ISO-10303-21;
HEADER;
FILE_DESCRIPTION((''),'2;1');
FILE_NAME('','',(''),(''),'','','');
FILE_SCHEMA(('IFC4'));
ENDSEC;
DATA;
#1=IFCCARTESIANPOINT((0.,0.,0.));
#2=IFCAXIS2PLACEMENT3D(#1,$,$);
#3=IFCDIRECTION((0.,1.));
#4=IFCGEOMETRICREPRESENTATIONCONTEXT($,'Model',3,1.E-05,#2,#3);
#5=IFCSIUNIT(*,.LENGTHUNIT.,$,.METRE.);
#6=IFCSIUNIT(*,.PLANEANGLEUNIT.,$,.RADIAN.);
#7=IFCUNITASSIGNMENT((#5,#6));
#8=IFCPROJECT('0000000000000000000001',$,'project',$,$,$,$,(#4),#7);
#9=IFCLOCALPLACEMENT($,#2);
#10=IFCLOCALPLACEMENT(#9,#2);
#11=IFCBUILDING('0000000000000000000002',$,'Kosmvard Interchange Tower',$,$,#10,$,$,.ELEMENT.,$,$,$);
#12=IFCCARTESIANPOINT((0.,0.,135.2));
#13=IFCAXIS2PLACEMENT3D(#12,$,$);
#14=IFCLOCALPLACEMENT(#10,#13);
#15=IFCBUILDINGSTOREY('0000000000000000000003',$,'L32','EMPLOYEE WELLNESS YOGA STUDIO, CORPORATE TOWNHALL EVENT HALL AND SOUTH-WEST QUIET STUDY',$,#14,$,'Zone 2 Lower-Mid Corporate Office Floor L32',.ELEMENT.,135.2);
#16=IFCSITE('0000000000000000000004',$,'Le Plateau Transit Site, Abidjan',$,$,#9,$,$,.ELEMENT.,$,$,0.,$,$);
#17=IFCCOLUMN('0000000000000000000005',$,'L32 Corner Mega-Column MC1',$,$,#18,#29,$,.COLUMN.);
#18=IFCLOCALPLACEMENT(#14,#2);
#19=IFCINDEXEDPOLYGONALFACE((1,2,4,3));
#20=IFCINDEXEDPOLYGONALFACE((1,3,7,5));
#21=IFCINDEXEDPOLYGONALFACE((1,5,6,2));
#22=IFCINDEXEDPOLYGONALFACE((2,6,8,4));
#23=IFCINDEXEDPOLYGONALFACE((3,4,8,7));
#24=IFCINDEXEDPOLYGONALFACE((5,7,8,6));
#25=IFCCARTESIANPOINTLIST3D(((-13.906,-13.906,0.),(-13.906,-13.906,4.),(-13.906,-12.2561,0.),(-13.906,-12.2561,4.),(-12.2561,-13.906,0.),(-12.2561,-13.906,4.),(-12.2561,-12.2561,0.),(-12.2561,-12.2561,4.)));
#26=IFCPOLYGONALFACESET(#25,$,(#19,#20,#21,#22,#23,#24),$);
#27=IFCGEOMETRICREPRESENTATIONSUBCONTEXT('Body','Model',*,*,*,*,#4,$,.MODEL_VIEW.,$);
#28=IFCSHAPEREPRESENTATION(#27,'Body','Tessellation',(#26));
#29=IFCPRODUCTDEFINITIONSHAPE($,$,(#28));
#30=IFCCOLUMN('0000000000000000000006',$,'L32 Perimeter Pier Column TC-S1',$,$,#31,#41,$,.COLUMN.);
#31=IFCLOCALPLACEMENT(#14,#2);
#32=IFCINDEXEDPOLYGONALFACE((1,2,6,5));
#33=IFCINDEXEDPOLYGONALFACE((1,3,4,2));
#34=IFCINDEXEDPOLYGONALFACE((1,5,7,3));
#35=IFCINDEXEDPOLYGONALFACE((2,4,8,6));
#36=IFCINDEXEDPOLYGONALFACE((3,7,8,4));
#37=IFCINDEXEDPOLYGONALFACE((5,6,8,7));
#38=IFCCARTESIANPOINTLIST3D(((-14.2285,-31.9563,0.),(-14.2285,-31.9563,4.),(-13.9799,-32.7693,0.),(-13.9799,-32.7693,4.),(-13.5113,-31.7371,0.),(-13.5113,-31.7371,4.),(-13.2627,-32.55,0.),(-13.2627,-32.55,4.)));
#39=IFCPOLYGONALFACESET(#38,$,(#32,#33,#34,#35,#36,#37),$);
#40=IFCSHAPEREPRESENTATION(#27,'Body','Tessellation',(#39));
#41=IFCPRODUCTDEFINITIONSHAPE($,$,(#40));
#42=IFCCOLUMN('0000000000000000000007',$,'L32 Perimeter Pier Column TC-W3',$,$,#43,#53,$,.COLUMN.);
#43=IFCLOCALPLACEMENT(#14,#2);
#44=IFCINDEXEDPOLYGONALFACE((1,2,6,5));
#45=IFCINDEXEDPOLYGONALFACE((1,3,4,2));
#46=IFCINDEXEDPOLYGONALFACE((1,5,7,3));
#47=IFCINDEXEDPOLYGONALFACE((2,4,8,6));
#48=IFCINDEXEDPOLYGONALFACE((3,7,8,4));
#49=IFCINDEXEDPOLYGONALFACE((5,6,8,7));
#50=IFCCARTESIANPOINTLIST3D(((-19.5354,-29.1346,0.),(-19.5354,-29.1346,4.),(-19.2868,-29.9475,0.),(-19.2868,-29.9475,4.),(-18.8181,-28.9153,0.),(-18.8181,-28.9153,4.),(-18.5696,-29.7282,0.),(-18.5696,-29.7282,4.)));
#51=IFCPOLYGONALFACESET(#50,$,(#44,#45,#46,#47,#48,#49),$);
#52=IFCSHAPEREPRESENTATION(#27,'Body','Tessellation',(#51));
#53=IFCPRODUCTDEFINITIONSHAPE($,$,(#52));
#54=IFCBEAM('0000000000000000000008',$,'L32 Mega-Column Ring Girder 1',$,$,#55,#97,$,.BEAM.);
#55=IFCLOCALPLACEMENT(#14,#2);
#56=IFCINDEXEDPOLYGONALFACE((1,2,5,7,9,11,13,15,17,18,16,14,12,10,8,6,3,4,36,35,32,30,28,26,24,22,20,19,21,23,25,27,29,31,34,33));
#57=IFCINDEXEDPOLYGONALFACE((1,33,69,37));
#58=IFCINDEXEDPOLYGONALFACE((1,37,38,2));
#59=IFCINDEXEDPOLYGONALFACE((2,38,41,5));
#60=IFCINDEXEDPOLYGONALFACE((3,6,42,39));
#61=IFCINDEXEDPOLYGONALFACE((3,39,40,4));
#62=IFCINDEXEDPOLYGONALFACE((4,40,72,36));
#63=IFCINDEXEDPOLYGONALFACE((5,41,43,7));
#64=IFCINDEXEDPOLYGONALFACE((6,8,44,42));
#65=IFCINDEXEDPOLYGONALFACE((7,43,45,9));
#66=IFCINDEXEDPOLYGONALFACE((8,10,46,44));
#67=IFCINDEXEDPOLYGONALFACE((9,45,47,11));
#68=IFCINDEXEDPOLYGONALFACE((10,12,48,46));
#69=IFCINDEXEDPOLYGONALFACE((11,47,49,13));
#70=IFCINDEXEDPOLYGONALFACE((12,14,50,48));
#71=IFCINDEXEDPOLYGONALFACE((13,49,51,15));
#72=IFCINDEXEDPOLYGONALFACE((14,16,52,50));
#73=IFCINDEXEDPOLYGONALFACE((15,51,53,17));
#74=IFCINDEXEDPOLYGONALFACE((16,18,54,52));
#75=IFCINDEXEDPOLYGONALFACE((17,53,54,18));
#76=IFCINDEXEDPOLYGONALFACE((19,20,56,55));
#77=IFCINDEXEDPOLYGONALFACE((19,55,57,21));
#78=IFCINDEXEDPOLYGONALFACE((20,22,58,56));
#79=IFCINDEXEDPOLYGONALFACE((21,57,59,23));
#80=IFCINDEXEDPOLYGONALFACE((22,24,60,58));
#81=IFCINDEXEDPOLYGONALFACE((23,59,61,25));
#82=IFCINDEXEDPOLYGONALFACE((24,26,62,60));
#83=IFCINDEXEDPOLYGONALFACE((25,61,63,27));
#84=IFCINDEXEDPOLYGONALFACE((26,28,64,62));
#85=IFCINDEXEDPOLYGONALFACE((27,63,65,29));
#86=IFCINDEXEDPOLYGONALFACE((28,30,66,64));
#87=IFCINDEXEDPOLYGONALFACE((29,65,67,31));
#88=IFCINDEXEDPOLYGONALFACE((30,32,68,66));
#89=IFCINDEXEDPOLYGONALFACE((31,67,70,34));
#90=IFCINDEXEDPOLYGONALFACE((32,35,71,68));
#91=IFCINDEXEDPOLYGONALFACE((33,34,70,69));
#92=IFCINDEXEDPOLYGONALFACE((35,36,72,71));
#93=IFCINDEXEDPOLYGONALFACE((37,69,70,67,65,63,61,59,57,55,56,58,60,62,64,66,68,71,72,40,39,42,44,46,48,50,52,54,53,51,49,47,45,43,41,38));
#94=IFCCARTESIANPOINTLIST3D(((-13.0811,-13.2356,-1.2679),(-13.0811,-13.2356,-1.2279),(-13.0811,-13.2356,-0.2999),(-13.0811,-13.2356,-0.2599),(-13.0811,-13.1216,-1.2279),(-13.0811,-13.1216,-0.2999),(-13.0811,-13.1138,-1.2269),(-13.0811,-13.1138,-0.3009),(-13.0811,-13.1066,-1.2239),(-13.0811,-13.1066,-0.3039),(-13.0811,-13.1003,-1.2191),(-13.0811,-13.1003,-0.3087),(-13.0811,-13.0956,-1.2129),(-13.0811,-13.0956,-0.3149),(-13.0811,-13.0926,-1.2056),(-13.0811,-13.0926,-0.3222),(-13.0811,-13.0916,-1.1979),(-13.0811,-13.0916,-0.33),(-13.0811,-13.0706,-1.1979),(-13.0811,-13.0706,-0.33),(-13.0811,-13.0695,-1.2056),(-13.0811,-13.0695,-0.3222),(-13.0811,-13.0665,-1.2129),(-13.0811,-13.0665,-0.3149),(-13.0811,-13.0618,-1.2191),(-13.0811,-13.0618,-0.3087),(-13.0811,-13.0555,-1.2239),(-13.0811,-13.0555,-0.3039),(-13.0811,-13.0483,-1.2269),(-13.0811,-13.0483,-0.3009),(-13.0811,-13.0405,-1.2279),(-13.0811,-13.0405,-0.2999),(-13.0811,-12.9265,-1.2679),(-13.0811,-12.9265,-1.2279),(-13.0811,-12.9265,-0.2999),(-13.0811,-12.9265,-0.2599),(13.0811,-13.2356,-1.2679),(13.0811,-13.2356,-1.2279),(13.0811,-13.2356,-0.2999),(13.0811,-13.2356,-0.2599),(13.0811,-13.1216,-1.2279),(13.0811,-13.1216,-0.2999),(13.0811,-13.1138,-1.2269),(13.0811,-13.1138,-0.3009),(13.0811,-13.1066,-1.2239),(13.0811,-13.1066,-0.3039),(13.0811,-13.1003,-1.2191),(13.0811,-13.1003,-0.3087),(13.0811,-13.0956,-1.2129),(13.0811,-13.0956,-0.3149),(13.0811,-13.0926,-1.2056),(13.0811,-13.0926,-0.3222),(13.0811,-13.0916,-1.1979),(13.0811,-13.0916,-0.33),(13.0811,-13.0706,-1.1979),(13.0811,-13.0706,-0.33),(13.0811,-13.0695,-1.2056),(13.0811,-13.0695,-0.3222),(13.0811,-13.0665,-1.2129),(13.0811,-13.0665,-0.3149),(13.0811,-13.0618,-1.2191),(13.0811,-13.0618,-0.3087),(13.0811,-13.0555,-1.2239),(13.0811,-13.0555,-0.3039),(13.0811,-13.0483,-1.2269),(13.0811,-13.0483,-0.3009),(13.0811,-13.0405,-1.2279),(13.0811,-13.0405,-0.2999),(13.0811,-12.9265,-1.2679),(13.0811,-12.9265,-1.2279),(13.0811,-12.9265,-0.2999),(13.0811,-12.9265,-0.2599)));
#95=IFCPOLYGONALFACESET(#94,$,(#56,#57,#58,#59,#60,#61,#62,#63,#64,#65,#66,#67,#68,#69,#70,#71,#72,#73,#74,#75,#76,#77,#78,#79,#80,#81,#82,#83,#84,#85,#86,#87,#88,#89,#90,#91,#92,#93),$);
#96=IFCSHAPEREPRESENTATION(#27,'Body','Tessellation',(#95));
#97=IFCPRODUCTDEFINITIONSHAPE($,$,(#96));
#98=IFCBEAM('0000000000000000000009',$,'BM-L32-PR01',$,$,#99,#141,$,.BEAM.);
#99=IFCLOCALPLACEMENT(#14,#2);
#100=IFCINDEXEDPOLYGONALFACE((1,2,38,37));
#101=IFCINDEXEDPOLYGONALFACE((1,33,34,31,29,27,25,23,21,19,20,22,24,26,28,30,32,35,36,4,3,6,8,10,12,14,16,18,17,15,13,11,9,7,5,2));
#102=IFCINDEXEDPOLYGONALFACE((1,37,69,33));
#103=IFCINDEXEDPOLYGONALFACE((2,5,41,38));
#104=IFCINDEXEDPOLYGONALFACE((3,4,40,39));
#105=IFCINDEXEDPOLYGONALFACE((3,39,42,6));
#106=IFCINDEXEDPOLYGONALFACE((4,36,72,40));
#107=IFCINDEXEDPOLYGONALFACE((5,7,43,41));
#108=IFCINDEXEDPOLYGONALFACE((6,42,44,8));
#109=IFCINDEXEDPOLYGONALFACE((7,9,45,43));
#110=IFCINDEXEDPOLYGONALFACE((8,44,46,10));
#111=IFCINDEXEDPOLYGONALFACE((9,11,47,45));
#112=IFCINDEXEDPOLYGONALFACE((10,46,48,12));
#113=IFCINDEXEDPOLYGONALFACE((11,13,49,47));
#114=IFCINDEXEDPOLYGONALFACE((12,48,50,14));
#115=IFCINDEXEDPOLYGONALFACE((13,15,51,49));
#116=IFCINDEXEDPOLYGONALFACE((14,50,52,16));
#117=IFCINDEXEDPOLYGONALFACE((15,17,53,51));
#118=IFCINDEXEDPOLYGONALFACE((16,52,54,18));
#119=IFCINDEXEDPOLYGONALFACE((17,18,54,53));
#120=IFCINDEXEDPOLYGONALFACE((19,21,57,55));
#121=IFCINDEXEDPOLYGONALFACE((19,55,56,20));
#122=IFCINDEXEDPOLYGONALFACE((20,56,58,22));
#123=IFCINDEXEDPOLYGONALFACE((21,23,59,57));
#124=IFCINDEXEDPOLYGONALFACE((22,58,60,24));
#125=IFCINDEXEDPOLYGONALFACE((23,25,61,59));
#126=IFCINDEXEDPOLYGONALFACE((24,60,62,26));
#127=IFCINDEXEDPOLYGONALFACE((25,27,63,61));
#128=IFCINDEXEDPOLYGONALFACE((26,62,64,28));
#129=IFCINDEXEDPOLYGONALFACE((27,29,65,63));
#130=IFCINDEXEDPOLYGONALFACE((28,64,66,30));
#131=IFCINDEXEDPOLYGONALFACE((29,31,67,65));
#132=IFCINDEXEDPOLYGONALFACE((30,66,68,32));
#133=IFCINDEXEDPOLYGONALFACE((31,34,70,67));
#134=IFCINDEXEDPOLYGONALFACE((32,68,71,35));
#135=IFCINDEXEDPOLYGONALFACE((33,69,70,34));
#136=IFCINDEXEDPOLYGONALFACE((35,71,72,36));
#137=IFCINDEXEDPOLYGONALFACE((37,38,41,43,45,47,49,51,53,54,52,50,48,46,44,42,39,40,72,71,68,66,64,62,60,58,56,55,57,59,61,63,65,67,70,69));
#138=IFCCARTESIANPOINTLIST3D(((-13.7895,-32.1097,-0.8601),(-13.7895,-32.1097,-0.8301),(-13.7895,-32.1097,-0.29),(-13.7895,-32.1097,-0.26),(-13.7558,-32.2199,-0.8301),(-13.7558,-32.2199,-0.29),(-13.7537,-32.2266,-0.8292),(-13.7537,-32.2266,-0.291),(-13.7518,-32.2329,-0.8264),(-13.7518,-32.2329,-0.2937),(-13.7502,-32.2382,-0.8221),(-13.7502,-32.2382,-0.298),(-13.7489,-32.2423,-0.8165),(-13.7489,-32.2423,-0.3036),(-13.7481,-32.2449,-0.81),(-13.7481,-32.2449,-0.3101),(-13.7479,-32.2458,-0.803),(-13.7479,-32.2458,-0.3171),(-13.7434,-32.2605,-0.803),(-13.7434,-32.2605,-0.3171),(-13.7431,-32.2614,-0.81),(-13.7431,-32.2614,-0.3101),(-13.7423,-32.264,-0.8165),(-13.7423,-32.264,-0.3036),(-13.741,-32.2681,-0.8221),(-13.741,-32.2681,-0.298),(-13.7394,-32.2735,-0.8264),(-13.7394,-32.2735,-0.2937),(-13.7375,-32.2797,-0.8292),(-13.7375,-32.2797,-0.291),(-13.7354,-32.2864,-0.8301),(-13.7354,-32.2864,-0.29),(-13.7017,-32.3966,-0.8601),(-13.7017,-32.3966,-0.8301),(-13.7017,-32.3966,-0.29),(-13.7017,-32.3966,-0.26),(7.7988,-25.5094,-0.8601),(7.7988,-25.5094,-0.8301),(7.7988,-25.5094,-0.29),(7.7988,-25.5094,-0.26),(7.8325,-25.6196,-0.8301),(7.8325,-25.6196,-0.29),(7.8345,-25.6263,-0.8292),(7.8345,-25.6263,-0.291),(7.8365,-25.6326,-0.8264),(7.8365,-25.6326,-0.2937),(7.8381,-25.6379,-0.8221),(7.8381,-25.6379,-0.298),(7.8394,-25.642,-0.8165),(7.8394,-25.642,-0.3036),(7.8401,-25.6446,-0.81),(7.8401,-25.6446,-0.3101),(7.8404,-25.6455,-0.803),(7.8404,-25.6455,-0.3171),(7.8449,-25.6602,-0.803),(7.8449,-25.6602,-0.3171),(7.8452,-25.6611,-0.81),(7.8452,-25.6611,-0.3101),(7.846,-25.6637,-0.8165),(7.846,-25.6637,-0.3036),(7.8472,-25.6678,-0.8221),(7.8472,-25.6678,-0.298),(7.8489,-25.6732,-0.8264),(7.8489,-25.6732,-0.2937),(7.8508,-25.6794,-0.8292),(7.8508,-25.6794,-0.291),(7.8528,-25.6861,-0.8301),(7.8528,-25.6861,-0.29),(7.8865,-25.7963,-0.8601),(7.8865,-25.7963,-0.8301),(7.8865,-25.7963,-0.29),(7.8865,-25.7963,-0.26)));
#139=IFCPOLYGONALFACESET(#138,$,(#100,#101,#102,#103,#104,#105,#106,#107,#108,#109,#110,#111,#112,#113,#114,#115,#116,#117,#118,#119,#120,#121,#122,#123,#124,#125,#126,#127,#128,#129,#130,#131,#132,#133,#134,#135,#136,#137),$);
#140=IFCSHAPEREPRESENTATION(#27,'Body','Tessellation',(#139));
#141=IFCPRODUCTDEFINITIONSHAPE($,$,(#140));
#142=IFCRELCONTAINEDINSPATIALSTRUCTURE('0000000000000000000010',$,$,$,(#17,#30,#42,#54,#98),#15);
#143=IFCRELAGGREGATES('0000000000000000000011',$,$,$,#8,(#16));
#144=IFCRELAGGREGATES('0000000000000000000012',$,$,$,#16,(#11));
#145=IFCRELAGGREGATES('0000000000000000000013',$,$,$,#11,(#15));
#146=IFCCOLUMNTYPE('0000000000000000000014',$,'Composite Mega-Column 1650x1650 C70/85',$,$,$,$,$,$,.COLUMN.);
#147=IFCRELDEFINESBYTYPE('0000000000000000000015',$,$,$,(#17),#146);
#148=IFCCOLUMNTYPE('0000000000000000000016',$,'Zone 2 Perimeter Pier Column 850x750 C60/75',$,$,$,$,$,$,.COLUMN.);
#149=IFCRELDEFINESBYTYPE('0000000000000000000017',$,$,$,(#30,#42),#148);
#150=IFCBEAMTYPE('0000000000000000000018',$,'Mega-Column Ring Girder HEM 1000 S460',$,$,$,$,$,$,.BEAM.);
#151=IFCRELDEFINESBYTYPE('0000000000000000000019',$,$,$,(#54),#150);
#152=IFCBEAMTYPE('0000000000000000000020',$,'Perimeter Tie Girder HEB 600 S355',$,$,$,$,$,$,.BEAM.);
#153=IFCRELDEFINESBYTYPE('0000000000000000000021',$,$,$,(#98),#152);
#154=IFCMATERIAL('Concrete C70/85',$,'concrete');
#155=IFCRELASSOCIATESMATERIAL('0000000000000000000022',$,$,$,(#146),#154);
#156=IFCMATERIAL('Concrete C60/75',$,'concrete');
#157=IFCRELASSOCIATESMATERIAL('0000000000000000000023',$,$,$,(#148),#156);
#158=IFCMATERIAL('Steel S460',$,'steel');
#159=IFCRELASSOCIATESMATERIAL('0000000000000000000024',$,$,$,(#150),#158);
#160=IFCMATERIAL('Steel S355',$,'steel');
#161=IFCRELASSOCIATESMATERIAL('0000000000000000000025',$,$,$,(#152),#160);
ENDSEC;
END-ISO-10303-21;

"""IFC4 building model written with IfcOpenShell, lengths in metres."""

from ifc_helpers import new_model, si_unit, direction, frame, origin, origin_2d, place, context, subcontext, project, spatial, rectangle, i_section, extrude, source, transform, mapped, material, material_profile, profile_set, type_object, element, save


model = new_model("IFC4")

# Units and contexts
model_context = context("Model", 3, precision=1e-05, world=origin(), true_north=direction((0.0, 1.0)))
body_context = subcontext(model_context, "Body", "Model", "MODEL_VIEW")
ifc_project = project(units=[si_unit("LENGTHUNIT", "METRE"), si_unit("PLANEANGLEUNIT", "RADIAN")], contexts=[model_context])

# Site, building, storey
site_placement = place(None, origin())
site = spatial("IfcSite", under=ifc_project, at=site_placement, Name="Le Plateau Transit Site, Abidjan", CompositionType="ELEMENT", RefElevation=0.0)
building_placement = place(site_placement, origin())
building = spatial("IfcBuilding", under=site, at=building_placement, Name="Kosmvard Interchange Tower", CompositionType="ELEMENT")
storey_placement = place(building_placement, frame((0.0, 0.0, 135.2)))
storey = spatial("IfcBuildingStorey", under=building, at=storey_placement, Name="L32", Description="EMPLOYEE WELLNESS YOGA STUDIO, CORPORATE TOWNHALL EVENT HALL AND SOUTH-WEST QUIET STUDY", LongName="Zone 2 Lower-Mid Corporate Office Floor L32", CompositionType="ELEMENT", Elevation=135.2)

# Columns
ifc_material_1 = material(Name="Concrete C70/85", Category="concrete")
ifc_material_profile_1 = material_profile(ifc_material_1, rectangle(XDim=1.6499, YDim=1.6499, at=origin_2d()), Name="MC 1650x1650")
ifc_profile_set_1 = profile_set([ifc_material_profile_1], Name="Concrete C70/85")
column_type_1 = type_object("IfcColumnType", Name="Composite Mega-Column 1650x1650 C70/85", PredefinedType="COLUMN", material=ifc_profile_set_1)
shared_shape_1 = source(origin(), body_context, "Body", "SweptSolid", [
    extrude(rectangle(XDim=1.6499, YDim=1.6499, at=origin_2d()), origin(), (0.0, 0.0, 1.0), 4.0),
])
column_placement = place(storey_placement, frame((-13.0811, -13.0811, 0.0), z_axis=(0.0, 0.0, 1.0), x_axis=(1.0, 0.0, 0.0)))
element("IfcColumn", 1, at=column_placement, inside=storey, type_object=column_type_1, Name="L32 Corner Mega-Column MC1", PredefinedType="COLUMN", context=body_context, shape_type="MappedRepresentation", body=[
    mapped(shared_shape_1, transform((0.0, 0.0, 0.0), scale=1.0)),
])
ifc_material_2 = material(Name="Concrete C60/75", Category="concrete")
ifc_material_profile_2 = material_profile(ifc_material_2, rectangle(XDim=0.75, YDim=0.8501, at=origin_2d()), Name="TC 850x750")
ifc_profile_set_2 = profile_set([ifc_material_profile_2], Name="Concrete C60/75")
column_type_2 = type_object("IfcColumnType", Name="Zone 2 Perimeter Pier Column 850x750 C60/75", PredefinedType="COLUMN", material=ifc_profile_set_2)
shared_shape_2 = source(origin(), body_context, "Body", "SweptSolid", [
    extrude(rectangle(XDim=0.75, YDim=0.8501, at=origin_2d()), origin(), (0.0, 0.0, 1.0), 4.0),
])
for number, where, z_axis, x_axis, name in (
    (2, (-13.7456, -32.2532, 0.0), (0.0, 0.0, 1.0), (0.956305, 0.292372, 0.0), "L32 Perimeter Pier Column TC-S1"),
    (3, (-19.0525, -29.4314, 0.0), (0.0, 0.0, 1.0), (0.956305, 0.292372, 0.0), "L32 Perimeter Pier Column TC-W3"),
):
    element("IfcColumn", number, at=place(storey_placement, frame(where, z_axis=z_axis, x_axis=x_axis)), inside=storey, type_object=column_type_2, Name=name, PredefinedType="COLUMN", context=body_context, shape_type="MappedRepresentation", body=[
        mapped(shared_shape_2, transform((0.0, 0.0, 0.0), scale=1.0)),
    ])

# Beams
ifc_material_3 = material(Name="Steel S460", Category="steel")
ifc_material_profile_3 = material_profile(ifc_material_3, i_section(OverallWidth=0.3091, OverallDepth=1.0081, WebThickness=0.021, FlangeThickness=0.04, FilletRadius=0.03, at=origin_2d()), Name="HEM 1000")
ifc_profile_set_3 = profile_set([ifc_material_profile_3], Name="Steel S460")
beam_type_1 = type_object("IfcBeamType", Name="Mega-Column Ring Girder HEM 1000 S460", PredefinedType="BEAM", material=ifc_profile_set_3)
shared_shape_3 = source(origin(), body_context, "Body", "SweptSolid", [
    extrude(i_section(OverallWidth=0.3091, OverallDepth=1.0081, WebThickness=0.021, FlangeThickness=0.04, FilletRadius=0.03, at=origin_2d()), origin(), (0.0, 0.0, 1.0), 26.1621),
])
beam_1_placement = place(storey_placement, frame((-13.0811, -13.0811, -0.7639), z_axis=(1.0, 0.0, 0.0), x_axis=(0.0, 1.0, 0.0)))
element("IfcBeam", 4, at=beam_1_placement, inside=storey, type_object=beam_type_1, Name="L32 Mega-Column Ring Girder 1", PredefinedType="BEAM", context=body_context, shape_type="MappedRepresentation", body=[
    mapped(shared_shape_3, transform((0.0, 0.0, 0.0), scale=1.0)),
])
ifc_material_4 = material(Name="Steel S355", Category="steel")
ifc_material_profile_4 = material_profile(ifc_material_4, i_section(OverallWidth=0.3, OverallDepth=0.6001, WebThickness=0.0154, FlangeThickness=0.03, FilletRadius=0.0271, at=origin_2d()), Name="HEB 600")
ifc_profile_set_4 = profile_set([ifc_material_profile_4], Name="Steel S355")
beam_type_2 = type_object("IfcBeamType", Name="Perimeter Tie Girder HEB 600 S355", PredefinedType="BEAM", material=ifc_profile_set_4)
shared_shape_4 = source(origin(), body_context, "Body", "SweptSolid", [
    extrude(i_section(OverallWidth=0.3, OverallDepth=0.6001, WebThickness=0.0154, FlangeThickness=0.03, FilletRadius=0.0271, at=origin_2d()), origin(), (0.0, 0.0, 1.0), 22.5747),
])
beam_2_placement = place(storey_placement, frame((-13.7456, -32.2532, -0.5601), z_axis=(0.956303, 0.292376, 0.0), x_axis=(-0.292376, 0.956303, 0.0)))
element("IfcBeam", 5, at=beam_2_placement, inside=storey, type_object=beam_type_2, Name="BM-L32-PR01", PredefinedType="BEAM", context=body_context, shape_type="MappedRepresentation", body=[
    mapped(shared_shape_4, transform((0.0, 0.0, 0.0), scale=1.0)),
])

save(model, "model.ifc")
